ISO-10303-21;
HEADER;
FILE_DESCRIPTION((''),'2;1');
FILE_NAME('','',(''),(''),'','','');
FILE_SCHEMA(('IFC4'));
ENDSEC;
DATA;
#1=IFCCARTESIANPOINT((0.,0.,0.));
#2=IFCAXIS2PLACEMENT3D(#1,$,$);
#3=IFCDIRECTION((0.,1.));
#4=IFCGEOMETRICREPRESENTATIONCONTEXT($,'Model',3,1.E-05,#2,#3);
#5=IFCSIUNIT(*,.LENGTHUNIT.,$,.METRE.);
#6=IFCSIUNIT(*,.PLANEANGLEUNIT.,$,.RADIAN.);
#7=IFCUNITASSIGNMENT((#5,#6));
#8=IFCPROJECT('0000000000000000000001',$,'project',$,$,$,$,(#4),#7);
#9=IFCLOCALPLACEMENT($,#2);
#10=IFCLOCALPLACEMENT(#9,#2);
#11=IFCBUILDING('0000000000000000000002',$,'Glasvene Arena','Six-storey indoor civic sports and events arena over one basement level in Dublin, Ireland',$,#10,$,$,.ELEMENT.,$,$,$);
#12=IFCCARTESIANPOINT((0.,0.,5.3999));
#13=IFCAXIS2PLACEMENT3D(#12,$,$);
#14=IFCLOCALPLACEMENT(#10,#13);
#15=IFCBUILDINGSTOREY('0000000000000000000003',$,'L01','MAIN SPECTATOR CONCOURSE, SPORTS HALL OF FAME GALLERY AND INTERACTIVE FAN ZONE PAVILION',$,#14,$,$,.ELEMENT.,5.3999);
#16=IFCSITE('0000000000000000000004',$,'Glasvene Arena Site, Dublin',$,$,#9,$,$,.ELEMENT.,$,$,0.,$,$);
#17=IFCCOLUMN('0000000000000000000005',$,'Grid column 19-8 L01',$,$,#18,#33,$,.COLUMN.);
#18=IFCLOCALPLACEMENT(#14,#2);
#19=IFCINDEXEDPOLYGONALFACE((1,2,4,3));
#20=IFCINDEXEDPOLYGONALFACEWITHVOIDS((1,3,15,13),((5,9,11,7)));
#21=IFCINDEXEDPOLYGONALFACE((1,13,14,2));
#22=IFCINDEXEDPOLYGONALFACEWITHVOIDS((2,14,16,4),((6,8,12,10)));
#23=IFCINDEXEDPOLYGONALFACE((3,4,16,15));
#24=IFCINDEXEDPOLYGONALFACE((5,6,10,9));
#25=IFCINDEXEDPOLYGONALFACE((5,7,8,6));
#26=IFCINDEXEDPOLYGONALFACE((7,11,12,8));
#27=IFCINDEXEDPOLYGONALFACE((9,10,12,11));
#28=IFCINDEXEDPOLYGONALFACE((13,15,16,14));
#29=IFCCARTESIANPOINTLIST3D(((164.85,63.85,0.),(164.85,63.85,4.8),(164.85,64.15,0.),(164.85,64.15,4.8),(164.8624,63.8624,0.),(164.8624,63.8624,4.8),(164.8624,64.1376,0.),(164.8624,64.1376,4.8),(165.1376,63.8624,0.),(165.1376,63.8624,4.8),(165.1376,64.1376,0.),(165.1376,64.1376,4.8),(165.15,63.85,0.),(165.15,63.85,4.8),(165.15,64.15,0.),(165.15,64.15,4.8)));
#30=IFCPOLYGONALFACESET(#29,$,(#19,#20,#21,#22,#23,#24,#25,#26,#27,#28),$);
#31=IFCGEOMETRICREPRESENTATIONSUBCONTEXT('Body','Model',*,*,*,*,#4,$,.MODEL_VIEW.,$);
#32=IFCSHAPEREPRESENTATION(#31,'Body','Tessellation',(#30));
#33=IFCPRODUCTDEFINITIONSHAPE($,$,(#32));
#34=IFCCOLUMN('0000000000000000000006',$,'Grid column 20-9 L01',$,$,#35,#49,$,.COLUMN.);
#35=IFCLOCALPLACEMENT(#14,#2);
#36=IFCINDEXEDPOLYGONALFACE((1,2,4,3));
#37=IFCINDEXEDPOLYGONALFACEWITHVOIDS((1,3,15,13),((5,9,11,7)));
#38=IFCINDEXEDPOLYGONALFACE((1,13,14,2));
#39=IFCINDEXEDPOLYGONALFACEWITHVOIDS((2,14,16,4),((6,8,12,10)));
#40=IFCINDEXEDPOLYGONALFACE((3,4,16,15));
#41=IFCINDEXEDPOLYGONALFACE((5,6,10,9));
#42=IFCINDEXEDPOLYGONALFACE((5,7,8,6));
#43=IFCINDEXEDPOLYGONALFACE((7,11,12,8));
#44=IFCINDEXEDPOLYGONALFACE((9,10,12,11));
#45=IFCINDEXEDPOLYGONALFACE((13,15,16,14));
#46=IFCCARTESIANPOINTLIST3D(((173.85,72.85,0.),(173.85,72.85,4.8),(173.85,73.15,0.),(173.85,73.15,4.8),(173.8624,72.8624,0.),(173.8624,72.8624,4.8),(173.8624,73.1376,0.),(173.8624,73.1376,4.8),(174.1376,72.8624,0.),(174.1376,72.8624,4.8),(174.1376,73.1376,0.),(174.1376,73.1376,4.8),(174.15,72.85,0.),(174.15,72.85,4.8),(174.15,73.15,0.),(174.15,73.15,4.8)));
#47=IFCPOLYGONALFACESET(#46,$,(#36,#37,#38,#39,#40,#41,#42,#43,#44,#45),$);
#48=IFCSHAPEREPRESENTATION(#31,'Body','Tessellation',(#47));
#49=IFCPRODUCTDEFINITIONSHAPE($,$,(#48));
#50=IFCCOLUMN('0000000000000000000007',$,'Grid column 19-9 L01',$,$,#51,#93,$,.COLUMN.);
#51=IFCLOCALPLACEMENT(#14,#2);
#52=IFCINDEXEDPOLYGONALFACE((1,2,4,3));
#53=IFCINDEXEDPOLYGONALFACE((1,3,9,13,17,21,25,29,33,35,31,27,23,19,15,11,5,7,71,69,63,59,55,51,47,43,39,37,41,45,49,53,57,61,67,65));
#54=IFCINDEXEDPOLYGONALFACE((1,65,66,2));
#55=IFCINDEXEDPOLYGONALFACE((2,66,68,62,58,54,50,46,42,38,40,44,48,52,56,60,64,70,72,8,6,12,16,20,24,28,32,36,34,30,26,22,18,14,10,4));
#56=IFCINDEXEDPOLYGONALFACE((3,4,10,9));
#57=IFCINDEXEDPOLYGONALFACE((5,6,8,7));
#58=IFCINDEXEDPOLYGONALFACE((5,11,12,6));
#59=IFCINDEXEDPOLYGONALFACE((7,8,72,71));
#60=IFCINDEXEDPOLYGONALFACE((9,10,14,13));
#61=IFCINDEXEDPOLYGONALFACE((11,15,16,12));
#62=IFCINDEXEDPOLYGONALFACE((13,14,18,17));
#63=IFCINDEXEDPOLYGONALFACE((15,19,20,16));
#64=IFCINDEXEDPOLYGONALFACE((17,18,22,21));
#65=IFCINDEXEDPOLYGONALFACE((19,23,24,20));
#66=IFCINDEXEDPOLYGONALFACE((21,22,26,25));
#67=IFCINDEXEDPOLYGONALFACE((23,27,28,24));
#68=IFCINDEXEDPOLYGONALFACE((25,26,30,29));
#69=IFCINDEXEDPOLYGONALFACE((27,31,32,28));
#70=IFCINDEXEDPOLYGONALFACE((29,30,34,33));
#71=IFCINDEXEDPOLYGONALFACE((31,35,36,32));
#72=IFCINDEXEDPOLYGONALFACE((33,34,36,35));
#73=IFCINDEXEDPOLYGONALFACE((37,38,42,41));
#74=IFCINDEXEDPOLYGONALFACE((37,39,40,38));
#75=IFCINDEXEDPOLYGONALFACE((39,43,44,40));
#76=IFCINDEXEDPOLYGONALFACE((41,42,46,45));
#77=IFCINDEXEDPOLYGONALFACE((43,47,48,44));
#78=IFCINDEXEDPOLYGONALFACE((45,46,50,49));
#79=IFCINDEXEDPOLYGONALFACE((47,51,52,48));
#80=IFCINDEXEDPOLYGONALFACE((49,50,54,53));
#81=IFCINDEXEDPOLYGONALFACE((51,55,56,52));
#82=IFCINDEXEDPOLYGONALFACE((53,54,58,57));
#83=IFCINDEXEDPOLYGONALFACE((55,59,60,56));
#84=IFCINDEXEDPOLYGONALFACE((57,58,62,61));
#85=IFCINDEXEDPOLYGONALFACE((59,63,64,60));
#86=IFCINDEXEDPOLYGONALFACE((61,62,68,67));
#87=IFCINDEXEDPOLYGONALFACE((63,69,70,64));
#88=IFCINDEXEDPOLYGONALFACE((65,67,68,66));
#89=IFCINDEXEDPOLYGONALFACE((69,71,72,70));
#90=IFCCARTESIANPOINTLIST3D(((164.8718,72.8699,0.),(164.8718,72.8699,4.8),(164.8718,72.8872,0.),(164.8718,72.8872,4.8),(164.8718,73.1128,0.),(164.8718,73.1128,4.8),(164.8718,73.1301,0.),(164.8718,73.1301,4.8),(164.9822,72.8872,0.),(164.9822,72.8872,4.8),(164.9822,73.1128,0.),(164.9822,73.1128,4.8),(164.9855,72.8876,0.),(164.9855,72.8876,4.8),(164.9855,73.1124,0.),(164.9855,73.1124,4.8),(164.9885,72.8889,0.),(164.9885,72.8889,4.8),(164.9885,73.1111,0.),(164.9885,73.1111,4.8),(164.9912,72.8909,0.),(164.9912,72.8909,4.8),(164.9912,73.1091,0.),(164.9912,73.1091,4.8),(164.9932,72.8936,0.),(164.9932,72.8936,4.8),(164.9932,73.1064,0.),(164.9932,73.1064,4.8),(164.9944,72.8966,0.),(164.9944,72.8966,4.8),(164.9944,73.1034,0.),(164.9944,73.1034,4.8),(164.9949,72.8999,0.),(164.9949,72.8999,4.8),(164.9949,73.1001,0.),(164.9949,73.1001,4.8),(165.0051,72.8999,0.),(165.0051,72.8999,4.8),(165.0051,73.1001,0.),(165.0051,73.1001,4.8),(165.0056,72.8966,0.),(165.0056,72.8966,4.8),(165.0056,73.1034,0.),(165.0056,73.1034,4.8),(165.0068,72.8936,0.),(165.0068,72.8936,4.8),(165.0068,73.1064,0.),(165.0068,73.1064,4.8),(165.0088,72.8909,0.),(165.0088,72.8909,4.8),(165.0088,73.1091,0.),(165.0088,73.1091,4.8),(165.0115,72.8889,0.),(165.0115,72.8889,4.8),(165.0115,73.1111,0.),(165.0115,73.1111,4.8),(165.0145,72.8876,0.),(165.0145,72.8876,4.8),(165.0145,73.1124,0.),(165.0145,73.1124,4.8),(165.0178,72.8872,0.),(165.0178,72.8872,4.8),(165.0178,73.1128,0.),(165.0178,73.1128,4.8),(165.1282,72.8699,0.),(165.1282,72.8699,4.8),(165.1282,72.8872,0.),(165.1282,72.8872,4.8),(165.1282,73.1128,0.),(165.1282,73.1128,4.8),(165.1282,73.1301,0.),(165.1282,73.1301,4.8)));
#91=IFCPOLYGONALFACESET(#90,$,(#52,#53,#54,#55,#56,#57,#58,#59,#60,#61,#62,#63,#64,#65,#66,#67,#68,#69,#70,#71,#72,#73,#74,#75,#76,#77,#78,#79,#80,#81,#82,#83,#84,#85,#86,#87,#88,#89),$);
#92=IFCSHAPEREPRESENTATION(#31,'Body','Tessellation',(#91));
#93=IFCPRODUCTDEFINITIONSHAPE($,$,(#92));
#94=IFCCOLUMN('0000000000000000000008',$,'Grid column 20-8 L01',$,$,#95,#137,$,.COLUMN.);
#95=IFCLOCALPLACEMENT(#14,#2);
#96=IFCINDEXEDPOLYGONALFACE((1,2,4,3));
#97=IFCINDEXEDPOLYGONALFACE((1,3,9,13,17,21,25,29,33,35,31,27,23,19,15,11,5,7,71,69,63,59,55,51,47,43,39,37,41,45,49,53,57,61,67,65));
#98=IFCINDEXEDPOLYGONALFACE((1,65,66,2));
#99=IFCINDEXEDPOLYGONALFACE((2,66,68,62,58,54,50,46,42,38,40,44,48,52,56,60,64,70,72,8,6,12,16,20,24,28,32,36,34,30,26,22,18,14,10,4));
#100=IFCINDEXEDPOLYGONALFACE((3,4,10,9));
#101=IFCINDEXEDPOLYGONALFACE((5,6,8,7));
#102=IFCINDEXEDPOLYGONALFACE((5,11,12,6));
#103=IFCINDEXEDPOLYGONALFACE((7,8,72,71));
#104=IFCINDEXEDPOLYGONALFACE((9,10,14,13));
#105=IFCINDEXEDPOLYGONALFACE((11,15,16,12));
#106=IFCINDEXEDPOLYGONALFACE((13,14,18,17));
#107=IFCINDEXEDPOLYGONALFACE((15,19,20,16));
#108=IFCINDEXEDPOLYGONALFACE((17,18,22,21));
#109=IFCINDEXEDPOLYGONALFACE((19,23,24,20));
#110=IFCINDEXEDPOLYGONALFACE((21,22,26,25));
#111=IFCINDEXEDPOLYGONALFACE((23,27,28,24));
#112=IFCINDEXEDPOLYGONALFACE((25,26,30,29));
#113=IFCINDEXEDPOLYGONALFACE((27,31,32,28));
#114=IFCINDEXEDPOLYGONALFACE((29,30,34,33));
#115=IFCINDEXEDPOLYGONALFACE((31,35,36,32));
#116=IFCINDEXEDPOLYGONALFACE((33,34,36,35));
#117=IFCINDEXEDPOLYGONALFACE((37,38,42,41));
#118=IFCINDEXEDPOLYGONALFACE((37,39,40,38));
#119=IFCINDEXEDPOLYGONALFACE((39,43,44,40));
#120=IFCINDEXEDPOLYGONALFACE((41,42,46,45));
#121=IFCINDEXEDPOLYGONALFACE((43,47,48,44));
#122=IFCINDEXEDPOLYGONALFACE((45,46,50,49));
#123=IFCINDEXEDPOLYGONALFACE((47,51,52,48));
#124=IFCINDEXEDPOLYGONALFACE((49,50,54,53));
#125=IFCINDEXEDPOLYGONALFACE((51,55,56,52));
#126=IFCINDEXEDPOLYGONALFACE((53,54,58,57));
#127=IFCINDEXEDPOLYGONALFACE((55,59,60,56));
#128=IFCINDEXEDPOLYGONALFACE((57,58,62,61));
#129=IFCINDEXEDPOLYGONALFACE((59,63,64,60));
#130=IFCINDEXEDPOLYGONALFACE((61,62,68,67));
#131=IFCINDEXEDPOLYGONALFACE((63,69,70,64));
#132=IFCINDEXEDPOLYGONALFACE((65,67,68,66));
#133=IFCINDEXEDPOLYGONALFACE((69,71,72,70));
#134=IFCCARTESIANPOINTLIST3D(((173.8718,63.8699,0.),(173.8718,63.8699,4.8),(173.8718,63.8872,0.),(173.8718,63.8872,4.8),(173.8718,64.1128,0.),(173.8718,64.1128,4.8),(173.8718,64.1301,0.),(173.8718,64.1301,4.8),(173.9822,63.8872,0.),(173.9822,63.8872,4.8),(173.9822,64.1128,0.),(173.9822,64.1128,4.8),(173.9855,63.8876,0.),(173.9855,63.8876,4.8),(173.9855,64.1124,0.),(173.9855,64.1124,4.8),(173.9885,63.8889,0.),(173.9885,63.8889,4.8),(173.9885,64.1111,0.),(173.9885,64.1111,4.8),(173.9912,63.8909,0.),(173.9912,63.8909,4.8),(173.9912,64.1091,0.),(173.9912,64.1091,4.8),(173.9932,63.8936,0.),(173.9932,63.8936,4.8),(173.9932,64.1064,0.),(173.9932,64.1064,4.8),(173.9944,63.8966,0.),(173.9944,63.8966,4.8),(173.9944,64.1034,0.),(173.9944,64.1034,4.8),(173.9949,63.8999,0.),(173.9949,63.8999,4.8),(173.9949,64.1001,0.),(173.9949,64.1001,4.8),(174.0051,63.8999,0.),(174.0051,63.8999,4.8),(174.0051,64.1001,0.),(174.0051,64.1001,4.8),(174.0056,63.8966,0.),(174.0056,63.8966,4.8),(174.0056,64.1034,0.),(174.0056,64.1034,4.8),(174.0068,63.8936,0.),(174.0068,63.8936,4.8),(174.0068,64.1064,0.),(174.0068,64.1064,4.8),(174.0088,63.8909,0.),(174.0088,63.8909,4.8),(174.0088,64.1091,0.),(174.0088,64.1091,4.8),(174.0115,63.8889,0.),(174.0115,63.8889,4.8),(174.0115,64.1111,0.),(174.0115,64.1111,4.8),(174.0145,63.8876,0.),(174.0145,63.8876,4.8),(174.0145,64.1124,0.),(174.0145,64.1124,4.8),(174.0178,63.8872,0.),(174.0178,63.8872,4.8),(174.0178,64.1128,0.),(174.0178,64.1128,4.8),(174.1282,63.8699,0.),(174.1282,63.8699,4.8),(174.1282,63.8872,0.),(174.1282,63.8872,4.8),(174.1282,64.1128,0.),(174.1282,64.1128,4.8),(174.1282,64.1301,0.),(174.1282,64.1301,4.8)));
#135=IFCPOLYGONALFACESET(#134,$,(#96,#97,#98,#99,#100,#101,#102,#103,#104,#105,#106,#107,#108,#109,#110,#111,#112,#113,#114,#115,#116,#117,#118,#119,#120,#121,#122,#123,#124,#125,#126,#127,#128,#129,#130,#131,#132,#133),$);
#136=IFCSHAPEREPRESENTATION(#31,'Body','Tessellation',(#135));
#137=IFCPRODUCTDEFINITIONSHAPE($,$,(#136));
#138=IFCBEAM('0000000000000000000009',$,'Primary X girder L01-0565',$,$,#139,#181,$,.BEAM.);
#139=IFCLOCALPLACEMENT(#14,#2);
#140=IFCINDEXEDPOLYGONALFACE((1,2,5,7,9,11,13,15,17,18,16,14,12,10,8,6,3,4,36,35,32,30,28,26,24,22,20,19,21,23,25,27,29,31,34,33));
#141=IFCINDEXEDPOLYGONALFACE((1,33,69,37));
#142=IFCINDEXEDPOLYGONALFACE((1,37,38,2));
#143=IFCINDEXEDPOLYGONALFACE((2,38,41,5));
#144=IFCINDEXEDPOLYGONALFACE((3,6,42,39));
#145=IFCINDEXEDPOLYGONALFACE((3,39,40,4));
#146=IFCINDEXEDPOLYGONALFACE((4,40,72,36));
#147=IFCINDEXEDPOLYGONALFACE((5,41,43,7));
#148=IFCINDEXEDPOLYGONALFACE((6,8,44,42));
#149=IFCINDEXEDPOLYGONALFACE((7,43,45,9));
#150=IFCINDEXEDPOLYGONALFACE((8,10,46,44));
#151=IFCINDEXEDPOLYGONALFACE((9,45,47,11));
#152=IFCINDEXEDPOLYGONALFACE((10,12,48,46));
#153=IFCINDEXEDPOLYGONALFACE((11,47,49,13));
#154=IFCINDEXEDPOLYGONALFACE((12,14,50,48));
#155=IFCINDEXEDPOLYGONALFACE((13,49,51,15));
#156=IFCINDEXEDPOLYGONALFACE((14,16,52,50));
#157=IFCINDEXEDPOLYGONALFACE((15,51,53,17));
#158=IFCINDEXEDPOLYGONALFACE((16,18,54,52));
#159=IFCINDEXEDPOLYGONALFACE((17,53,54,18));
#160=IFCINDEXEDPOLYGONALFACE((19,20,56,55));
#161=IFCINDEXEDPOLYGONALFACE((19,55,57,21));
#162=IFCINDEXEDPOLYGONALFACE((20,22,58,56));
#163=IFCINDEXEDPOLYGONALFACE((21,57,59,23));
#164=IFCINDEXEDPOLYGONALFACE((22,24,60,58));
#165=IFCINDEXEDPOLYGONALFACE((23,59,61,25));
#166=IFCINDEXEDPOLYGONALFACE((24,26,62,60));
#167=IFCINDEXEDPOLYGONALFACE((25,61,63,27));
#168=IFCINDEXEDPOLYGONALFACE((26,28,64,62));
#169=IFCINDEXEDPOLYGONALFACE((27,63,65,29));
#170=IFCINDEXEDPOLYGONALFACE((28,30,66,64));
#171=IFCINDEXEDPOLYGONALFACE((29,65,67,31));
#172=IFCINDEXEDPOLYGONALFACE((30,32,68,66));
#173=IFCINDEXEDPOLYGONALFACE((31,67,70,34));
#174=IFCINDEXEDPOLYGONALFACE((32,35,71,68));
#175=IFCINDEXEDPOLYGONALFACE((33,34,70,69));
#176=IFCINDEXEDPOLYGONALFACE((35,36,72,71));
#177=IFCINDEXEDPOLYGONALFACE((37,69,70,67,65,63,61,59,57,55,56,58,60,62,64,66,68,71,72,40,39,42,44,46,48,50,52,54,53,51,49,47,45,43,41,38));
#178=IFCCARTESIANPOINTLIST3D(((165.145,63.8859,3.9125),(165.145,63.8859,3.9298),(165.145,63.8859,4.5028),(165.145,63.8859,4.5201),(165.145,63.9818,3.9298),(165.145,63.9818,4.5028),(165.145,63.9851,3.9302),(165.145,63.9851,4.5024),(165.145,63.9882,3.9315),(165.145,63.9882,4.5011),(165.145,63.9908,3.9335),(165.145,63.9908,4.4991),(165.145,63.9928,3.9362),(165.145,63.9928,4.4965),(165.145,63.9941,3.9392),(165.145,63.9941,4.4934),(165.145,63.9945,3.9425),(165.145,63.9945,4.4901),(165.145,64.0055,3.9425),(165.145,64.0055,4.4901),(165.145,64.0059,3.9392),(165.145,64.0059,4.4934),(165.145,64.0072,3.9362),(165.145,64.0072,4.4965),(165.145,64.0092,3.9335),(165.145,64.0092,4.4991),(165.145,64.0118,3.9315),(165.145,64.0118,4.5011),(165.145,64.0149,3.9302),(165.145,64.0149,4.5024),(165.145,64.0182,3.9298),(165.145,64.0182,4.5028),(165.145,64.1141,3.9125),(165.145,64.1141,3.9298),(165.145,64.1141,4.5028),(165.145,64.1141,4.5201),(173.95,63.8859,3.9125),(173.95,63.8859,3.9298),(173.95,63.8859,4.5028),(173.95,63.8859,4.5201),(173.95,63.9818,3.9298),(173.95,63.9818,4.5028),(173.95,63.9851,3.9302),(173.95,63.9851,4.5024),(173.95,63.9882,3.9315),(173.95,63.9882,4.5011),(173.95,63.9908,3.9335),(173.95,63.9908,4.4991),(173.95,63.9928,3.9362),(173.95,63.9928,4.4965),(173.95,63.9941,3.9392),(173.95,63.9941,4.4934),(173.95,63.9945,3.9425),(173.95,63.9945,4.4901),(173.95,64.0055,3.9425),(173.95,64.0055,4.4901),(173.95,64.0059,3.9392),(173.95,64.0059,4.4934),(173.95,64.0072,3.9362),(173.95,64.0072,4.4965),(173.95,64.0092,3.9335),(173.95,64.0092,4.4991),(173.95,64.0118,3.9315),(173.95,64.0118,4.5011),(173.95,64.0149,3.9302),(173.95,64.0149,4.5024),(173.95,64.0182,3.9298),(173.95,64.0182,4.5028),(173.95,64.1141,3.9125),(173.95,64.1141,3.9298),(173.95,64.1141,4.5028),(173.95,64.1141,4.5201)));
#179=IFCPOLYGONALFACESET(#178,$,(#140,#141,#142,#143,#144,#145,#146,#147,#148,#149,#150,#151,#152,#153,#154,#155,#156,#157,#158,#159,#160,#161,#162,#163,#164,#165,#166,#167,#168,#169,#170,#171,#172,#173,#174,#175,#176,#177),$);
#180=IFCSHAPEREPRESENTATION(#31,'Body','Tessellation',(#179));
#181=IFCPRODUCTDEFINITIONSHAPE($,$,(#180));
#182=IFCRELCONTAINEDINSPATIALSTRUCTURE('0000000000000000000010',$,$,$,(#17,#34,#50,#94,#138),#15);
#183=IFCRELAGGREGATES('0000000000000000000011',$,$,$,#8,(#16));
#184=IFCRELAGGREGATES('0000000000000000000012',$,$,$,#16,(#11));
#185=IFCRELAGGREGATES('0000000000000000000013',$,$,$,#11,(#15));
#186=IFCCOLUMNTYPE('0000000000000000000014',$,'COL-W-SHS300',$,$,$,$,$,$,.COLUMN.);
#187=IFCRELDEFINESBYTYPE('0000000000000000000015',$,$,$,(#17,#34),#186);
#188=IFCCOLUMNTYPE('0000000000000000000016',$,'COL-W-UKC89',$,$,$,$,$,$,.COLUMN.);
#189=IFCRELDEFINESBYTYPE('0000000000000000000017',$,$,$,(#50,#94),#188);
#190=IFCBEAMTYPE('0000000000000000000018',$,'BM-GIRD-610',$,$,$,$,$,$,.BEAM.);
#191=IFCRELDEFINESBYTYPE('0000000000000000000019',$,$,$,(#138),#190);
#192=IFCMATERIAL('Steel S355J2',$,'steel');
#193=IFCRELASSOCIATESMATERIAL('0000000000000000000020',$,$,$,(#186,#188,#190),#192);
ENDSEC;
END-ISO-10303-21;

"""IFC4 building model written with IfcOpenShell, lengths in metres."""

from ifc_helpers import new_model, si_unit, direction, frame, origin, origin_2d, place, context, subcontext, project, spatial, hollow_rectangle, i_section, extrude, material, material_profile, profile_set, type_object, element, save


model = new_model("IFC4")

# Units and contexts
model_context = context("Model", 3, precision=1e-05, world=origin(), true_north=direction((0.0, 1.0)))
body_context = subcontext(model_context, "Body", "Model", "MODEL_VIEW")
ifc_project = project(units=[si_unit("LENGTHUNIT", "METRE"), si_unit("PLANEANGLEUNIT", "RADIAN")], contexts=[model_context])

# Site, building, storey
site_placement = place(None, origin())
site = spatial("IfcSite", under=ifc_project, at=site_placement, Name="Glasvene Arena Site, Dublin", CompositionType="ELEMENT", RefElevation=0.0)
building_placement = place(site_placement, origin())
building = spatial("IfcBuilding", under=site, at=building_placement, Name="Glasvene Arena", Description="Six-storey indoor civic sports and events arena over one basement level in Dublin, Ireland", CompositionType="ELEMENT")
storey_placement = place(building_placement, frame((0.0, 0.0, 5.3999)))
storey = spatial("IfcBuildingStorey", under=building, at=storey_placement, Name="L01", Description="MAIN SPECTATOR CONCOURSE, SPORTS HALL OF FAME GALLERY AND INTERACTIVE FAN ZONE PAVILION", CompositionType="ELEMENT", Elevation=5.3999)

# Columns
ifc_material_1 = material(Name="Steel S355J2", Category="steel")
ifc_material_profile_1 = material_profile(ifc_material_1, hollow_rectangle(XDim=0.3, YDim=0.3, WallThickness=0.0125, at=origin_2d()), Name="SHS 300x300x12.5")
ifc_profile_set_1 = profile_set([ifc_material_profile_1], Name="Steel S355J2")
column_type_1 = type_object("IfcColumnType", Name="COL-W-SHS300", PredefinedType="COLUMN", material=ifc_profile_set_1)
for number, where, z_axis, x_axis, name in (
    (1, (165.0, 64.0, 0.0), (0.0, 0.0, 1.0), (1.0, 0.0, 0.0), "Grid column 19-8 L01"),
    (2, (174.0, 73.0, 0.0), (0.0, 0.0, 1.0), (1.0, 0.0, 0.0), "Grid column 20-9 L01"),
):
    element("IfcColumn", number, at=place(storey_placement, frame(where, z_axis=z_axis, x_axis=x_axis)), inside=storey, type_object=column_type_1, Name=name, PredefinedType="COLUMN", context=body_context, shape_type="SweptSolid", body=[
        extrude(hollow_rectangle(XDim=0.3, YDim=0.3, WallThickness=0.0125, at=origin_2d()), origin(), (0.0, 0.0, 1.0), 4.8),
    ])
ifc_material_profile_2 = material_profile(ifc_material_1, i_section(OverallWidth=0.2563, OverallDepth=0.2603, WebThickness=0.0103, FlangeThickness=0.0173, FilletRadius=0.0127, at=origin_2d()), Name="UKC 254x254x89")
ifc_profile_set_2 = profile_set([ifc_material_profile_2], Name="Steel S355J2")
column_type_2 = type_object("IfcColumnType", Name="COL-W-UKC89", PredefinedType="COLUMN", material=ifc_profile_set_2)
for number, where, z_axis, x_axis, name in (
    (3, (165.0, 73.0, 0.0), (0.0, 0.0, 1.0), (1.0, 0.0, 0.0), "Grid column 19-9 L01"),
    (4, (174.0, 64.0, 0.0), (0.0, 0.0, 1.0), (1.0, 0.0, 0.0), "Grid column 20-8 L01"),
):
    element("IfcColumn", number, at=place(storey_placement, frame(where, z_axis=z_axis, x_axis=x_axis)), inside=storey, type_object=column_type_2, Name=name, PredefinedType="COLUMN", context=body_context, shape_type="SweptSolid", body=[
        extrude(i_section(OverallWidth=0.2563, OverallDepth=0.2603, WebThickness=0.0103, FlangeThickness=0.0173, FilletRadius=0.0127, at=origin_2d()), origin(), (0.0, 0.0, 1.0), 4.8),
    ])

# Beam
ifc_material_profile_3 = material_profile(ifc_material_1, i_section(OverallWidth=0.2283, OverallDepth=0.6077, WebThickness=0.011, FlangeThickness=0.0173, FilletRadius=0.0127, at=origin_2d()), Name="UKB 610x229x113")
ifc_profile_set_3 = profile_set([ifc_material_profile_3], Name="Steel S355J2")
beam_type_1 = type_object("IfcBeamType", Name="BM-GIRD-610", PredefinedType="BEAM", material=ifc_profile_set_3)
beam_1_placement = place(storey_placement, frame((165.145, 64.0, 4.2163), z_axis=(1.0, 0.0, 0.0), x_axis=(0.0, 1.0, 0.0)))
element("IfcBeam", 5, at=beam_1_placement, inside=storey, type_object=beam_type_1, Name="Primary X girder L01-0565", PredefinedType="BEAM", context=body_context, shape_type="SweptSolid", body=[
    extrude(i_section(OverallWidth=0.2283, OverallDepth=0.6077, WebThickness=0.011, FlangeThickness=0.0173, FilletRadius=0.0127, at=origin_2d()), origin(), (0.0, 0.0, 1.0), 8.8049),
])

save(model, "model.ifc")
